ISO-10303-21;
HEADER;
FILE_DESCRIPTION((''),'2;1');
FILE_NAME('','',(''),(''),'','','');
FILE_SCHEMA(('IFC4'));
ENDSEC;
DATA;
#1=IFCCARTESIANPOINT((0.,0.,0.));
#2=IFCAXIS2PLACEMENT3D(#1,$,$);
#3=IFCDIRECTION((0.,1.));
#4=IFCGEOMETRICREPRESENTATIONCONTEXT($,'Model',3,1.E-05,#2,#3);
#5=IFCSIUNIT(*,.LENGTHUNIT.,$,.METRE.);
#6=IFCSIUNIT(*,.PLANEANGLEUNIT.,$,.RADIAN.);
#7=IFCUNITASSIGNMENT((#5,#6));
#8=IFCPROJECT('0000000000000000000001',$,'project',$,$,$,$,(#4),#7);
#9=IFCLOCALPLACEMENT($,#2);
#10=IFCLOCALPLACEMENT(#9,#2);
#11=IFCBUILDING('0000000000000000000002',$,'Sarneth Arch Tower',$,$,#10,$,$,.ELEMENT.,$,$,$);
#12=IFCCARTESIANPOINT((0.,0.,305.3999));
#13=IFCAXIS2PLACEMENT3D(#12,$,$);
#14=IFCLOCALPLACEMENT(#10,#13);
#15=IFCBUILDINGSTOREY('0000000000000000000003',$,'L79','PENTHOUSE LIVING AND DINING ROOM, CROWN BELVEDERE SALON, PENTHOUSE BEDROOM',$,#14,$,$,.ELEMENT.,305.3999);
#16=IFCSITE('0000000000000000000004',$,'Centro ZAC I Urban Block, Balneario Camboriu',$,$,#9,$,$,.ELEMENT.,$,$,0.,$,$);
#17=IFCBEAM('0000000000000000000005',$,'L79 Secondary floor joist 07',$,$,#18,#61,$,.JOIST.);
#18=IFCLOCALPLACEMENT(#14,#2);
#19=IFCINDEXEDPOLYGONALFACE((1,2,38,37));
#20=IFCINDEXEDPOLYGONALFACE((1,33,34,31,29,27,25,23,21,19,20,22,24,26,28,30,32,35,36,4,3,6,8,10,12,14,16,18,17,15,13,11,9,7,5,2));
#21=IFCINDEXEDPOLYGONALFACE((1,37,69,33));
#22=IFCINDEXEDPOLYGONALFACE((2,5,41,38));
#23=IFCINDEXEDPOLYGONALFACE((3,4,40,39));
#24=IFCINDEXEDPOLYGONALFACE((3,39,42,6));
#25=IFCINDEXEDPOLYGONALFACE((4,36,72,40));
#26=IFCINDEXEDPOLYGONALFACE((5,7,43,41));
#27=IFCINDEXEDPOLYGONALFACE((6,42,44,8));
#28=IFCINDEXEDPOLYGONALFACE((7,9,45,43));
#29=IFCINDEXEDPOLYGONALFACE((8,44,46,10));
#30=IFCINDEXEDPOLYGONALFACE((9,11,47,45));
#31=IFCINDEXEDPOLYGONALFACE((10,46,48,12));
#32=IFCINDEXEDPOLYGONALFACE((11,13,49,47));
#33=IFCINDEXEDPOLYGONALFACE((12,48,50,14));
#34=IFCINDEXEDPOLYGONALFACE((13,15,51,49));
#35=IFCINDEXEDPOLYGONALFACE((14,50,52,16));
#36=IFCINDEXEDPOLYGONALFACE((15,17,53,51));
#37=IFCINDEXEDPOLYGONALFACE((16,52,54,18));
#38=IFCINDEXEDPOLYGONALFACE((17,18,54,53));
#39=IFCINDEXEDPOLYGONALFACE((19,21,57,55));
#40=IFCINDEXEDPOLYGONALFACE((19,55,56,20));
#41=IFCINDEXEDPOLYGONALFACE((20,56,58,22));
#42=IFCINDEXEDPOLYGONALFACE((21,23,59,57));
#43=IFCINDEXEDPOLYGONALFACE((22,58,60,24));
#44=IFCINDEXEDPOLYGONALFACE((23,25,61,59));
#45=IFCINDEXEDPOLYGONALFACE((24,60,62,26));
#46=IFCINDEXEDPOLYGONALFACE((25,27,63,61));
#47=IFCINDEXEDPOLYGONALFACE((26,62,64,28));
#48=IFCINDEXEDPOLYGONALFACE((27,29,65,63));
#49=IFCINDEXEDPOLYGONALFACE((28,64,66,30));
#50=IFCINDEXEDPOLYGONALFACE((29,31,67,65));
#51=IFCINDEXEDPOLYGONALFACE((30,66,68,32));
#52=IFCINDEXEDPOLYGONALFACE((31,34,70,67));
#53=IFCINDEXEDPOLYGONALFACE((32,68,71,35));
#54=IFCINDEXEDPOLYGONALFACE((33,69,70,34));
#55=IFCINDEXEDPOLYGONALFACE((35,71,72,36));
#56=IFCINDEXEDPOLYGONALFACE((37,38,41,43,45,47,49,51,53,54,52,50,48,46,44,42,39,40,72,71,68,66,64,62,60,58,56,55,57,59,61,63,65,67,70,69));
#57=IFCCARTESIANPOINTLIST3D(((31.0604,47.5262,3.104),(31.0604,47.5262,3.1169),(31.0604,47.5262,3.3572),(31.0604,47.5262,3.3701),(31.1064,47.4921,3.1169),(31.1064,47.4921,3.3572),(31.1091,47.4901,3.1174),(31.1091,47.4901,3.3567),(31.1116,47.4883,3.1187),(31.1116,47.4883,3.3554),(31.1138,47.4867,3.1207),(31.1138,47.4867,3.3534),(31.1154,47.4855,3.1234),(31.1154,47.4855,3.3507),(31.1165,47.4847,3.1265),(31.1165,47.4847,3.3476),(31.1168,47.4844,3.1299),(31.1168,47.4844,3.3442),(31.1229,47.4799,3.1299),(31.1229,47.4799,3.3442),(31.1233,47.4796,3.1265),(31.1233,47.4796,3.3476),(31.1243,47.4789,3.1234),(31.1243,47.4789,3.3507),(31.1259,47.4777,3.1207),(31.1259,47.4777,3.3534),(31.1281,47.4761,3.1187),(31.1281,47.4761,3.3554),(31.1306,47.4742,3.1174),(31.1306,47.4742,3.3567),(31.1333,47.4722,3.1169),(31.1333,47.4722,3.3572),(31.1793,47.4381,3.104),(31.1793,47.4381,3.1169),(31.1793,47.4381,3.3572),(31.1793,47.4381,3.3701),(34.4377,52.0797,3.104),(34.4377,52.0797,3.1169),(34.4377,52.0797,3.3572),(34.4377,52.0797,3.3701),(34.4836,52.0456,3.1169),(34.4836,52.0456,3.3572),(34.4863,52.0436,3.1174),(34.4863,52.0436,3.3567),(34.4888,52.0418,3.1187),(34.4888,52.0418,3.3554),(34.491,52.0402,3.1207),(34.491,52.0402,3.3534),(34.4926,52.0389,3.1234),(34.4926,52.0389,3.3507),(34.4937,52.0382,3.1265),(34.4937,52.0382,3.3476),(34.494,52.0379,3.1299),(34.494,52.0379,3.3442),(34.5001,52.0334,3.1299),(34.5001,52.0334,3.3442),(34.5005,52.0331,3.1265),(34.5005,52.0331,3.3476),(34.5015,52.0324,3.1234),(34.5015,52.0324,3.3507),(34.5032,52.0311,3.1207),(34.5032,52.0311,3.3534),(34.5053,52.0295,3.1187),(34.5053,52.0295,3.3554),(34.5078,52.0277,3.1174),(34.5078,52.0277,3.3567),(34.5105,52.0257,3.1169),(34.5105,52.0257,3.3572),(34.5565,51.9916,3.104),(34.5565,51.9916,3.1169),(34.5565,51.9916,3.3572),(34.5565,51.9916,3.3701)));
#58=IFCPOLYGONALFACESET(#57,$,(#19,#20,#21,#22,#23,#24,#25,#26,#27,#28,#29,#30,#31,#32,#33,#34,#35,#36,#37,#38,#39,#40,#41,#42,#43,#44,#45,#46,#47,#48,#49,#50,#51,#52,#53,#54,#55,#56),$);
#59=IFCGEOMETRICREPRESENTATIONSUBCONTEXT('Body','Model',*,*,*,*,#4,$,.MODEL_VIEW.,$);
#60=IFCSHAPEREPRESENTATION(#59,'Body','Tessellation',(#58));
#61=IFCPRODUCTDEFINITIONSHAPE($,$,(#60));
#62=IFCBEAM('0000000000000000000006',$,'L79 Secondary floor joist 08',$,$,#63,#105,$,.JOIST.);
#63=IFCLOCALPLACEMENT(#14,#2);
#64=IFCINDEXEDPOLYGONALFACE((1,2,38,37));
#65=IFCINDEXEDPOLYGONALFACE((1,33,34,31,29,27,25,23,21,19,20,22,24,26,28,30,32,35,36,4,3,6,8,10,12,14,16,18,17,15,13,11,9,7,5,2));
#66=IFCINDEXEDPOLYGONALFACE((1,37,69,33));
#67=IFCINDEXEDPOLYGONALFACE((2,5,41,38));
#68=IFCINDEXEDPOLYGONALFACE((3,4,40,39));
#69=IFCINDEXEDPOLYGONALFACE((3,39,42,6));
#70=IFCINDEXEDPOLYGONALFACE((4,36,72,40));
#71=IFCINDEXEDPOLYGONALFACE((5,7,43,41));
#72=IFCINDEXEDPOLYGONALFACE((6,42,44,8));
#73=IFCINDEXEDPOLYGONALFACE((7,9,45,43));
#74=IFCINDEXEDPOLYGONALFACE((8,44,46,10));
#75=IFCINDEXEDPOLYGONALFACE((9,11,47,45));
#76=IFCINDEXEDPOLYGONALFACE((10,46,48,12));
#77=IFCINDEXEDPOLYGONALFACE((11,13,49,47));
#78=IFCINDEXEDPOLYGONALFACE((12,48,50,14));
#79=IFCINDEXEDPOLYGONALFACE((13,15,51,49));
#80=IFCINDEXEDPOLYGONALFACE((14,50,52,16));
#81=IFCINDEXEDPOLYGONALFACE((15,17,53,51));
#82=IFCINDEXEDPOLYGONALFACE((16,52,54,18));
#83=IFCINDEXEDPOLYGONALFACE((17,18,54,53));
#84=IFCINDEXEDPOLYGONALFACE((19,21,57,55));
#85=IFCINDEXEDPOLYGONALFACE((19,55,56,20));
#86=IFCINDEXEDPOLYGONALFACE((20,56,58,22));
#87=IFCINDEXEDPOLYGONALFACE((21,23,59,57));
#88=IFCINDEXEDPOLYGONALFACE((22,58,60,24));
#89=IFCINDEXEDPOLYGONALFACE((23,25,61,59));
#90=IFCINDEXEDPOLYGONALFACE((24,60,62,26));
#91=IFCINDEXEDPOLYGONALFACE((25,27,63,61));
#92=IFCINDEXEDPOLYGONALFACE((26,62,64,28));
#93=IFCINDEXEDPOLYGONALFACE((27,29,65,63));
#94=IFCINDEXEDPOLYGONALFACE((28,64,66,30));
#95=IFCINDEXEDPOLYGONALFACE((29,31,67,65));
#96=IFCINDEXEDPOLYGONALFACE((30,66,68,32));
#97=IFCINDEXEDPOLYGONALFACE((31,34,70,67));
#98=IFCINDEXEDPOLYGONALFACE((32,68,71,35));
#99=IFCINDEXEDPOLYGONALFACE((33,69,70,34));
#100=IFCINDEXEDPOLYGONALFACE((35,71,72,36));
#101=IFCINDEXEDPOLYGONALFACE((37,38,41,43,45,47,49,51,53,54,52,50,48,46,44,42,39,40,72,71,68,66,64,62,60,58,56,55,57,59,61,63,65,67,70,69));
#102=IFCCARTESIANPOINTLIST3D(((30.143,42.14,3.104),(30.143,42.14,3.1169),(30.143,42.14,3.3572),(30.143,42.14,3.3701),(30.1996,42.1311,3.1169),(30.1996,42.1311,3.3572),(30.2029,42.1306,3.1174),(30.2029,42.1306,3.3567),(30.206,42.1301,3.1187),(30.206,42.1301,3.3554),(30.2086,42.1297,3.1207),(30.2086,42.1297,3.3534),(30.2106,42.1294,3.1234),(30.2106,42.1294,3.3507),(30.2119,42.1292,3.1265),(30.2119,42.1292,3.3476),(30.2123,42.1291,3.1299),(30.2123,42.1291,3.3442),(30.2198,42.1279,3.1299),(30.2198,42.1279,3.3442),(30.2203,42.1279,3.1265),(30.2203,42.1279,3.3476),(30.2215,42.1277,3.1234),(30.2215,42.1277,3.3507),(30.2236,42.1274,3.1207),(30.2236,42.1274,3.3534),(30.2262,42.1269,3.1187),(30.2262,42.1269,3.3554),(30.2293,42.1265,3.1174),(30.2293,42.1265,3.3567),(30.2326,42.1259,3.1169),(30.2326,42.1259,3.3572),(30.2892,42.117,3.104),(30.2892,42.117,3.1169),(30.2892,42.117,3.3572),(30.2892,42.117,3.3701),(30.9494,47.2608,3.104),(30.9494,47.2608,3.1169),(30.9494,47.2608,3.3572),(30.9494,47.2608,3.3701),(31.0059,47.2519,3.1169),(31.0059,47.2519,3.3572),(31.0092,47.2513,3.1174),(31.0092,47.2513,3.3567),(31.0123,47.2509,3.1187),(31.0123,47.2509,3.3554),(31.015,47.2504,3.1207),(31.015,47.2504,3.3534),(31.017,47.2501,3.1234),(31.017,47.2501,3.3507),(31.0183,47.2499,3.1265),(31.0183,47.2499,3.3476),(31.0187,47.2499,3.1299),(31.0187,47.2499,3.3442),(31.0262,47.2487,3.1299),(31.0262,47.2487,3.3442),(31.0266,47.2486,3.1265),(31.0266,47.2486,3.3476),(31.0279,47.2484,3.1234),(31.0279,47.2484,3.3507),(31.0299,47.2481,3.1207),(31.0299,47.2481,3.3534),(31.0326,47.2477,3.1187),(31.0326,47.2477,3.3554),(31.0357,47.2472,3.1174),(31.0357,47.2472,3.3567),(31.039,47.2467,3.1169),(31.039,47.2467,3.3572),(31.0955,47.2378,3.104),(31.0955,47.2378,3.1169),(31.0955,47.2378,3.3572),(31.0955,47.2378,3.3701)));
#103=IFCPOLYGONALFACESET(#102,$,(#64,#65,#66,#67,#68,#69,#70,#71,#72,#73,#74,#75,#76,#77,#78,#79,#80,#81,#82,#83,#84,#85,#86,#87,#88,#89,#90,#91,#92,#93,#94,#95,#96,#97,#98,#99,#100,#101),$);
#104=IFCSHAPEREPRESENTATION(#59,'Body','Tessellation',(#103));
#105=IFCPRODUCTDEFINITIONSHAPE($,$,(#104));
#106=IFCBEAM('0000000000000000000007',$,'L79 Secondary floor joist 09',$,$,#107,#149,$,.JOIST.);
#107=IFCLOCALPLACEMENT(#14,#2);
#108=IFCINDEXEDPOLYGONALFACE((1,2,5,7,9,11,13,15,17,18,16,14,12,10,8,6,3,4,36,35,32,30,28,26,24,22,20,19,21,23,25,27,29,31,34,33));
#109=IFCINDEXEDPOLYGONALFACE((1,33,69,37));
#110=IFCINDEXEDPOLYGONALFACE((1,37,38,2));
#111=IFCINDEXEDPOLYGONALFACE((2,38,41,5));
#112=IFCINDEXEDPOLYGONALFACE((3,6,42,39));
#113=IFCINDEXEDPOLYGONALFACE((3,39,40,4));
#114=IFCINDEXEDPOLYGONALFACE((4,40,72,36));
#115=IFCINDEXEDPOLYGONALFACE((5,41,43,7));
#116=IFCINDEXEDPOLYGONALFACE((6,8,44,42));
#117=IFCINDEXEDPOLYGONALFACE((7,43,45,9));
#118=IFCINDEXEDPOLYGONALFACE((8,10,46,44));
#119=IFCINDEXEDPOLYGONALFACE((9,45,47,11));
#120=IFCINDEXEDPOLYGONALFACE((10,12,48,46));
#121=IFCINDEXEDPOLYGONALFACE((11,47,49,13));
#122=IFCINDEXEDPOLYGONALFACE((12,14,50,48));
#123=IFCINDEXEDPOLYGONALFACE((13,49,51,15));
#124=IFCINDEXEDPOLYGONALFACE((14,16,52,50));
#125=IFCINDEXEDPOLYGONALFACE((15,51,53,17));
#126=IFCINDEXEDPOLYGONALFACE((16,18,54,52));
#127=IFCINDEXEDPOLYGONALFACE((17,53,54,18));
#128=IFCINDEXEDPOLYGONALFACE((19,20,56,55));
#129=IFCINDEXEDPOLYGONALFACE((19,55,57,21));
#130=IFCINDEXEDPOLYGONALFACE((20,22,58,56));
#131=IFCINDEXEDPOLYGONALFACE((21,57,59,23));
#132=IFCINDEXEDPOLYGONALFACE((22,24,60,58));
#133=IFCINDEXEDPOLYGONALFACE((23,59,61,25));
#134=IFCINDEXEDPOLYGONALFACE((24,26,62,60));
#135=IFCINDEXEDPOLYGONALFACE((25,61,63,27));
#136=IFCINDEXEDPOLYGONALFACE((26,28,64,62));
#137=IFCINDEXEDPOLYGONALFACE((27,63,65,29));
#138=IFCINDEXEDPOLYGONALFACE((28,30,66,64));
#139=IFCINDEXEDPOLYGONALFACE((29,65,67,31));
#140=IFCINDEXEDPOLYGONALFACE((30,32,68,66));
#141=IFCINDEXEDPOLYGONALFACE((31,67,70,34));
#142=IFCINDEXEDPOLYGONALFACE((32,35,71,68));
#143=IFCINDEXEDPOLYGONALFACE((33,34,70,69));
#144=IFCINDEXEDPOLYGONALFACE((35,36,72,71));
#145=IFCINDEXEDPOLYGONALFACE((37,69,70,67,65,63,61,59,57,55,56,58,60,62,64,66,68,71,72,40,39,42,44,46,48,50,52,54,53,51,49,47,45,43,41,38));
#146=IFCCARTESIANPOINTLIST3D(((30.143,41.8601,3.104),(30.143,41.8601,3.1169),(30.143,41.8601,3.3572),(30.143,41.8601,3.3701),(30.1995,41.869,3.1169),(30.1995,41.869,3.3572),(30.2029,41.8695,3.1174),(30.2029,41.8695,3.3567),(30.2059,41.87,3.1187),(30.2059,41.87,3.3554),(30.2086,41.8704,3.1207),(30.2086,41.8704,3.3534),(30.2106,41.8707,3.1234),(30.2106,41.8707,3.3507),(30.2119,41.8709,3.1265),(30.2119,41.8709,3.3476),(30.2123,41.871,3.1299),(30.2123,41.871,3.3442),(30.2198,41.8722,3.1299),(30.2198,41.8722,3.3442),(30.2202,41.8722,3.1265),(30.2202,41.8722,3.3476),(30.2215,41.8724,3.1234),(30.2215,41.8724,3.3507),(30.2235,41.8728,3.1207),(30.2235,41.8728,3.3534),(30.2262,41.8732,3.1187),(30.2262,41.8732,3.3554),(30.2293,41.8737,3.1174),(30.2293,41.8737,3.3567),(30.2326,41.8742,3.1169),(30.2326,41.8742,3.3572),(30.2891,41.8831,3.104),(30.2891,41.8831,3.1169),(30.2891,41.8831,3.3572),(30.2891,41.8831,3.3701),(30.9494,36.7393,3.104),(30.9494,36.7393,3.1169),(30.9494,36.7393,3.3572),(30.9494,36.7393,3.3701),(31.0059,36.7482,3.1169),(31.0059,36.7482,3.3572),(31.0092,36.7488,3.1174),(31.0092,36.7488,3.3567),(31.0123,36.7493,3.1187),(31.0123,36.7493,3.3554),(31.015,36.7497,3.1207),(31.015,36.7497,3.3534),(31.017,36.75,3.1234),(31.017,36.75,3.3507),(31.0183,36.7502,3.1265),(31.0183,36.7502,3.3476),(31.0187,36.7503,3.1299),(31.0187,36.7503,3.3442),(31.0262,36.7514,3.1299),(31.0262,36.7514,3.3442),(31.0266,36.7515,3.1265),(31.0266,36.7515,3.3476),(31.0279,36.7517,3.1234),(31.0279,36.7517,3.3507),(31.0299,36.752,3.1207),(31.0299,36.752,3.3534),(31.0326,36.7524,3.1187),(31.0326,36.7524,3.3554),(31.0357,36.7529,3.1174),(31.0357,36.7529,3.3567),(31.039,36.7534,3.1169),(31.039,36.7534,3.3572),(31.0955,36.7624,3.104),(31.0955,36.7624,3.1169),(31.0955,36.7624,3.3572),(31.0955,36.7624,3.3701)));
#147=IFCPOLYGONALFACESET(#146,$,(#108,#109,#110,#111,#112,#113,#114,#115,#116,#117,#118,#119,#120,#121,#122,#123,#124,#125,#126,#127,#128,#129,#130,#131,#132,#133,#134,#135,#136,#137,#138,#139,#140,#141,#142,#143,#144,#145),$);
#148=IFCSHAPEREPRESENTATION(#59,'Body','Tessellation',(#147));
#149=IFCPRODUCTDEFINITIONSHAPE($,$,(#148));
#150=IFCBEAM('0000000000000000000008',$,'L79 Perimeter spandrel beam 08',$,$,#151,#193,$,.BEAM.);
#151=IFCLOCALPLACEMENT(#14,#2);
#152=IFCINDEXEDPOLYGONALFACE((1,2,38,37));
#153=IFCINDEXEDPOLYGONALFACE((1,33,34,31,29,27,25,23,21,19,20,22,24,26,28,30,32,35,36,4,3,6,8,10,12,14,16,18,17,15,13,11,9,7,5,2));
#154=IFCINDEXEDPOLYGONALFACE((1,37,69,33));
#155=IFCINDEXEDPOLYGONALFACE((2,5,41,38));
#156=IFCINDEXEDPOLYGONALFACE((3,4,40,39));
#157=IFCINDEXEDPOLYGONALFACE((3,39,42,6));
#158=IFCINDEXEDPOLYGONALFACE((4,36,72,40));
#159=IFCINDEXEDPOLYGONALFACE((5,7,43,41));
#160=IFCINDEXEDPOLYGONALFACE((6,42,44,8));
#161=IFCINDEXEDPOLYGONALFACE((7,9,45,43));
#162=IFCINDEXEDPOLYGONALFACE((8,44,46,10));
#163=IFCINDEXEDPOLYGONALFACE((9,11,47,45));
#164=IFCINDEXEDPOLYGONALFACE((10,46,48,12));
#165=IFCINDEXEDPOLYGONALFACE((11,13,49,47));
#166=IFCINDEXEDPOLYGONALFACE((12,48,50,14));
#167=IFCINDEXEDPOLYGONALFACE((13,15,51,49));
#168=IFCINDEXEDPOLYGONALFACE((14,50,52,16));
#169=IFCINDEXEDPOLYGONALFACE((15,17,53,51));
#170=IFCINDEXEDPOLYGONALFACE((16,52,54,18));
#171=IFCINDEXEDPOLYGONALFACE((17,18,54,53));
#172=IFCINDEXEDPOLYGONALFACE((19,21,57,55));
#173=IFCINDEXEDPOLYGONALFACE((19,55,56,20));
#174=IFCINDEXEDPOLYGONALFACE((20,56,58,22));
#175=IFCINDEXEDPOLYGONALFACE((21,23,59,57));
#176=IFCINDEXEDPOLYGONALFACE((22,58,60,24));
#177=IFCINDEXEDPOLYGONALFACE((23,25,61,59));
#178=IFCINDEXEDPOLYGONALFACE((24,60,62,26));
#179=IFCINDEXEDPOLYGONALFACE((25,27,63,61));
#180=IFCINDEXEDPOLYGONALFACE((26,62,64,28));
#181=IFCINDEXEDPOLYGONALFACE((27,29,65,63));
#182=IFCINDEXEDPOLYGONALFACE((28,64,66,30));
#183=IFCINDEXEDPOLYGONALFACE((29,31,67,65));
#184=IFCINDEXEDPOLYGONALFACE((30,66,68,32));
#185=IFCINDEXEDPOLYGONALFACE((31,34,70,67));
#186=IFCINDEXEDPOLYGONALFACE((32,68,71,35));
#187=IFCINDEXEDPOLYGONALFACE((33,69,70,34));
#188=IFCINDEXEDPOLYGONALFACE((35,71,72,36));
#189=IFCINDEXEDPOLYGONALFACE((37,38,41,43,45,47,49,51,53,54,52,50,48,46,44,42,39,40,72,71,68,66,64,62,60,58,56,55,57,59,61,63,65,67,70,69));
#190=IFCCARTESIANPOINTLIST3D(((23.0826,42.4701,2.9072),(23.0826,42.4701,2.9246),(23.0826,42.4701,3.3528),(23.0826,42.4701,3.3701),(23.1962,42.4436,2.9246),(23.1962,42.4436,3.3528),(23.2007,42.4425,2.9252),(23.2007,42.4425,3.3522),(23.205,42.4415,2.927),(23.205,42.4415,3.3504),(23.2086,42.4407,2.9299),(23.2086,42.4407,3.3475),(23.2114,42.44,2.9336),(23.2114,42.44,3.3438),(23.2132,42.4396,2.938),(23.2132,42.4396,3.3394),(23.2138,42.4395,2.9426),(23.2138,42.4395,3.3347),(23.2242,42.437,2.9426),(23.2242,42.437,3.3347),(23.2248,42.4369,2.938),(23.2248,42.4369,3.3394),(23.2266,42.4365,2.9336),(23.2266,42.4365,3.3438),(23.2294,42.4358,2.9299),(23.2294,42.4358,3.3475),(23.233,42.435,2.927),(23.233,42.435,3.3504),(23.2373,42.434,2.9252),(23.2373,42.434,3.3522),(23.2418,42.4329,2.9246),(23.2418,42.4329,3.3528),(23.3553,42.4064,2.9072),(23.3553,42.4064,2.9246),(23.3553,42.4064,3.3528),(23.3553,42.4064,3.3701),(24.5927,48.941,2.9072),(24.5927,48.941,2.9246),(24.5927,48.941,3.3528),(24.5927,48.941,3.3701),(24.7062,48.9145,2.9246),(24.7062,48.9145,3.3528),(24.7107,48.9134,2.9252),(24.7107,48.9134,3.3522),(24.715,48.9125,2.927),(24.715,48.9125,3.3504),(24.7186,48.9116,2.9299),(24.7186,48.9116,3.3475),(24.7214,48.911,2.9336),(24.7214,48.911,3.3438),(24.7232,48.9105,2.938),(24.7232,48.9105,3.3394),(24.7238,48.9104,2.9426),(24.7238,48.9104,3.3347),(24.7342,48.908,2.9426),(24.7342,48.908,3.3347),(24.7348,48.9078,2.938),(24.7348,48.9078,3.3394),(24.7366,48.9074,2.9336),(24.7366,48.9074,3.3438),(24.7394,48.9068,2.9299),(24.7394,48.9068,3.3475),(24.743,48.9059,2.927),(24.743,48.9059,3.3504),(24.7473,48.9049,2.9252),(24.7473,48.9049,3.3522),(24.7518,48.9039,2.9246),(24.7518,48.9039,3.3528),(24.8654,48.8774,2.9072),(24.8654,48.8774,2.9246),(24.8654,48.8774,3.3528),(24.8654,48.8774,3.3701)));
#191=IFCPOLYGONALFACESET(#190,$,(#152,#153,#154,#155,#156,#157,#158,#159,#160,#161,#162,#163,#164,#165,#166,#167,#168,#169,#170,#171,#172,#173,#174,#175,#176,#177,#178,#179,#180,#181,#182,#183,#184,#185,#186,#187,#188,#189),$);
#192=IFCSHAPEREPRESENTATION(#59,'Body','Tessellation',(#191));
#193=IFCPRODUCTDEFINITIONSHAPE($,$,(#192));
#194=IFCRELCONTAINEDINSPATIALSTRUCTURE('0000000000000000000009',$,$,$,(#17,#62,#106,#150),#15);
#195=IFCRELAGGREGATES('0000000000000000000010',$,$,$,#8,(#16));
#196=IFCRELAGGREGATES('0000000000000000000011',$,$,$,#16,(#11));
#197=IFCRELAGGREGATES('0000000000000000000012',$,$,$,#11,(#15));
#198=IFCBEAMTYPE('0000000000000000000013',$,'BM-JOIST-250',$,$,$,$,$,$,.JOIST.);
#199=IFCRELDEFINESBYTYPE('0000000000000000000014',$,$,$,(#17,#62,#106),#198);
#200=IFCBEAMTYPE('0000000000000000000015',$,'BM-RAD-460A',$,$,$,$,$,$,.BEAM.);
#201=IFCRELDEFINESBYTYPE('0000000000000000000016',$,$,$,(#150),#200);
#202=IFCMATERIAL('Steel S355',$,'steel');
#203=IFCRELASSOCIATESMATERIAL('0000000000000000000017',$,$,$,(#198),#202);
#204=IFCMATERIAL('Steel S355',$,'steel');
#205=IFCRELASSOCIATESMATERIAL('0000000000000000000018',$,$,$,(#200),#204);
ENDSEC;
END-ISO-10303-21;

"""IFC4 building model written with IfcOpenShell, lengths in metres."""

from ifc_helpers import new_model, si_unit, direction, frame, origin, origin_2d, place, context, subcontext, project, spatial, i_section, extrude, material, material_profile, profile_set, type_object, element, save


model = new_model("IFC4")

# Units and contexts
model_context = context("Model", 3, precision=1e-05, world=origin(), true_north=direction((0.0, 1.0)))
body_context = subcontext(model_context, "Body", "Model", "MODEL_VIEW")
ifc_project = project(units=[si_unit("LENGTHUNIT", "METRE"), si_unit("PLANEANGLEUNIT", "RADIAN")], contexts=[model_context])

# Site, building, storey
site_placement = place(None, origin())
site = spatial("IfcSite", under=ifc_project, at=site_placement, Name="Centro ZAC I Urban Block, Balneario Camboriu", CompositionType="ELEMENT", RefElevation=0.0)
building_placement = place(site_placement, origin())
building = spatial("IfcBuilding", under=site, at=building_placement, Name="Sarneth Arch Tower", CompositionType="ELEMENT")
storey_placement = place(building_placement, frame((0.0, 0.0, 305.3999)))
storey = spatial("IfcBuildingStorey", under=building, at=storey_placement, Name="L79", Description="PENTHOUSE LIVING AND DINING ROOM, CROWN BELVEDERE SALON, PENTHOUSE BEDROOM", CompositionType="ELEMENT", Elevation=305.3999)

# Beams
ifc_material_1 = material(Name="Steel S355", Category="steel")
ifc_material_profile_1 = material_profile(ifc_material_1, i_section(OverallWidth=0.1479, OverallDepth=0.2661, WebThickness=0.0076, FlangeThickness=0.0129, FilletRadius=0.0129, at=origin_2d()), Name="W250x44.8")
ifc_profile_set_1 = profile_set([ifc_material_profile_1], Name="Steel S355")
beam_type_1 = type_object("IfcBeamType", Name="BM-JOIST-250", PredefinedType="JOIST", material=ifc_profile_set_1)
beam_placement = place(storey_placement, frame((34.4971, 52.0356, 3.2371), z_axis=(-0.595713, -0.803198, 0.0), x_axis=(0.803198, -0.595713, 0.0)))
element("IfcBeam", 1, at=beam_placement, inside=storey, type_object=beam_type_1, Name="L79 Secondary floor joist 07", PredefinedType="JOIST", context=body_context, shape_type="SweptSolid", body=[
    extrude(i_section(OverallWidth=0.1479, OverallDepth=0.2661, WebThickness=0.0076, FlangeThickness=0.0129, FilletRadius=0.0129, at=origin_2d()), origin(), (0.0, 0.0, 1.0), 5.6692),
])
for number, where, z_axis, x_axis, name in (
    (2, (31.0225, 47.2493, 3.2371), (-0.155556, -0.987827, 0.0), (0.987827, -0.155556, 0.0), "L79 Secondary floor joist 08"),
    (3, (30.2161, 41.8716, 3.2371), (0.155556, -0.987827, 0.0), (0.987827, 0.155556, 0.0), "L79 Secondary floor joist 09"),
):
    element("IfcBeam", number, at=place(storey_placement, frame(where, z_axis=z_axis, x_axis=x_axis)), inside=storey, type_object=beam_type_1, Name=name, PredefinedType="JOIST", context=body_context, shape_type="SweptSolid", body=[
        extrude(i_section(OverallWidth=0.1479, OverallDepth=0.2661, WebThickness=0.0076, FlangeThickness=0.0129, FilletRadius=0.0129, at=origin_2d()), origin(), (0.0, 0.0, 1.0), 5.1838),
    ])
ifc_material_2 = material(Name="Steel S355", Category="steel")
ifc_material_profile_2 = material_profile(ifc_material_2, i_section(OverallWidth=0.28, OverallDepth=0.4629, WebThickness=0.0107, FlangeThickness=0.0173, FilletRadius=0.0181, at=origin_2d()), Name="W460x113")
ifc_profile_set_2 = profile_set([ifc_material_profile_2], Name="Steel S355")
beam_type_2 = type_object("IfcBeamType", Name="BM-RAD-460A", PredefinedType="BEAM", material=ifc_profile_set_2)
for number, where, z_axis, x_axis, name in (
    (4, (24.729, 48.9092, 3.1387), (-0.227247, -0.973837, 0.0), (0.973837, -0.227247, 0.0), "L79 Perimeter spandrel beam 08"),
):
    element("IfcBeam", number, at=place(storey_placement, frame(where, z_axis=z_axis, x_axis=x_axis)), inside=storey, type_object=beam_type_2, Name=name, PredefinedType="BEAM", context=body_context, shape_type="SweptSolid", body=[
        extrude(i_section(OverallWidth=0.28, OverallDepth=0.4629, WebThickness=0.0107, FlangeThickness=0.0173, FilletRadius=0.0181, at=origin_2d()), origin(), (0.0, 0.0, 1.0), 6.6448),
    ])

save(model, "model.ifc")
